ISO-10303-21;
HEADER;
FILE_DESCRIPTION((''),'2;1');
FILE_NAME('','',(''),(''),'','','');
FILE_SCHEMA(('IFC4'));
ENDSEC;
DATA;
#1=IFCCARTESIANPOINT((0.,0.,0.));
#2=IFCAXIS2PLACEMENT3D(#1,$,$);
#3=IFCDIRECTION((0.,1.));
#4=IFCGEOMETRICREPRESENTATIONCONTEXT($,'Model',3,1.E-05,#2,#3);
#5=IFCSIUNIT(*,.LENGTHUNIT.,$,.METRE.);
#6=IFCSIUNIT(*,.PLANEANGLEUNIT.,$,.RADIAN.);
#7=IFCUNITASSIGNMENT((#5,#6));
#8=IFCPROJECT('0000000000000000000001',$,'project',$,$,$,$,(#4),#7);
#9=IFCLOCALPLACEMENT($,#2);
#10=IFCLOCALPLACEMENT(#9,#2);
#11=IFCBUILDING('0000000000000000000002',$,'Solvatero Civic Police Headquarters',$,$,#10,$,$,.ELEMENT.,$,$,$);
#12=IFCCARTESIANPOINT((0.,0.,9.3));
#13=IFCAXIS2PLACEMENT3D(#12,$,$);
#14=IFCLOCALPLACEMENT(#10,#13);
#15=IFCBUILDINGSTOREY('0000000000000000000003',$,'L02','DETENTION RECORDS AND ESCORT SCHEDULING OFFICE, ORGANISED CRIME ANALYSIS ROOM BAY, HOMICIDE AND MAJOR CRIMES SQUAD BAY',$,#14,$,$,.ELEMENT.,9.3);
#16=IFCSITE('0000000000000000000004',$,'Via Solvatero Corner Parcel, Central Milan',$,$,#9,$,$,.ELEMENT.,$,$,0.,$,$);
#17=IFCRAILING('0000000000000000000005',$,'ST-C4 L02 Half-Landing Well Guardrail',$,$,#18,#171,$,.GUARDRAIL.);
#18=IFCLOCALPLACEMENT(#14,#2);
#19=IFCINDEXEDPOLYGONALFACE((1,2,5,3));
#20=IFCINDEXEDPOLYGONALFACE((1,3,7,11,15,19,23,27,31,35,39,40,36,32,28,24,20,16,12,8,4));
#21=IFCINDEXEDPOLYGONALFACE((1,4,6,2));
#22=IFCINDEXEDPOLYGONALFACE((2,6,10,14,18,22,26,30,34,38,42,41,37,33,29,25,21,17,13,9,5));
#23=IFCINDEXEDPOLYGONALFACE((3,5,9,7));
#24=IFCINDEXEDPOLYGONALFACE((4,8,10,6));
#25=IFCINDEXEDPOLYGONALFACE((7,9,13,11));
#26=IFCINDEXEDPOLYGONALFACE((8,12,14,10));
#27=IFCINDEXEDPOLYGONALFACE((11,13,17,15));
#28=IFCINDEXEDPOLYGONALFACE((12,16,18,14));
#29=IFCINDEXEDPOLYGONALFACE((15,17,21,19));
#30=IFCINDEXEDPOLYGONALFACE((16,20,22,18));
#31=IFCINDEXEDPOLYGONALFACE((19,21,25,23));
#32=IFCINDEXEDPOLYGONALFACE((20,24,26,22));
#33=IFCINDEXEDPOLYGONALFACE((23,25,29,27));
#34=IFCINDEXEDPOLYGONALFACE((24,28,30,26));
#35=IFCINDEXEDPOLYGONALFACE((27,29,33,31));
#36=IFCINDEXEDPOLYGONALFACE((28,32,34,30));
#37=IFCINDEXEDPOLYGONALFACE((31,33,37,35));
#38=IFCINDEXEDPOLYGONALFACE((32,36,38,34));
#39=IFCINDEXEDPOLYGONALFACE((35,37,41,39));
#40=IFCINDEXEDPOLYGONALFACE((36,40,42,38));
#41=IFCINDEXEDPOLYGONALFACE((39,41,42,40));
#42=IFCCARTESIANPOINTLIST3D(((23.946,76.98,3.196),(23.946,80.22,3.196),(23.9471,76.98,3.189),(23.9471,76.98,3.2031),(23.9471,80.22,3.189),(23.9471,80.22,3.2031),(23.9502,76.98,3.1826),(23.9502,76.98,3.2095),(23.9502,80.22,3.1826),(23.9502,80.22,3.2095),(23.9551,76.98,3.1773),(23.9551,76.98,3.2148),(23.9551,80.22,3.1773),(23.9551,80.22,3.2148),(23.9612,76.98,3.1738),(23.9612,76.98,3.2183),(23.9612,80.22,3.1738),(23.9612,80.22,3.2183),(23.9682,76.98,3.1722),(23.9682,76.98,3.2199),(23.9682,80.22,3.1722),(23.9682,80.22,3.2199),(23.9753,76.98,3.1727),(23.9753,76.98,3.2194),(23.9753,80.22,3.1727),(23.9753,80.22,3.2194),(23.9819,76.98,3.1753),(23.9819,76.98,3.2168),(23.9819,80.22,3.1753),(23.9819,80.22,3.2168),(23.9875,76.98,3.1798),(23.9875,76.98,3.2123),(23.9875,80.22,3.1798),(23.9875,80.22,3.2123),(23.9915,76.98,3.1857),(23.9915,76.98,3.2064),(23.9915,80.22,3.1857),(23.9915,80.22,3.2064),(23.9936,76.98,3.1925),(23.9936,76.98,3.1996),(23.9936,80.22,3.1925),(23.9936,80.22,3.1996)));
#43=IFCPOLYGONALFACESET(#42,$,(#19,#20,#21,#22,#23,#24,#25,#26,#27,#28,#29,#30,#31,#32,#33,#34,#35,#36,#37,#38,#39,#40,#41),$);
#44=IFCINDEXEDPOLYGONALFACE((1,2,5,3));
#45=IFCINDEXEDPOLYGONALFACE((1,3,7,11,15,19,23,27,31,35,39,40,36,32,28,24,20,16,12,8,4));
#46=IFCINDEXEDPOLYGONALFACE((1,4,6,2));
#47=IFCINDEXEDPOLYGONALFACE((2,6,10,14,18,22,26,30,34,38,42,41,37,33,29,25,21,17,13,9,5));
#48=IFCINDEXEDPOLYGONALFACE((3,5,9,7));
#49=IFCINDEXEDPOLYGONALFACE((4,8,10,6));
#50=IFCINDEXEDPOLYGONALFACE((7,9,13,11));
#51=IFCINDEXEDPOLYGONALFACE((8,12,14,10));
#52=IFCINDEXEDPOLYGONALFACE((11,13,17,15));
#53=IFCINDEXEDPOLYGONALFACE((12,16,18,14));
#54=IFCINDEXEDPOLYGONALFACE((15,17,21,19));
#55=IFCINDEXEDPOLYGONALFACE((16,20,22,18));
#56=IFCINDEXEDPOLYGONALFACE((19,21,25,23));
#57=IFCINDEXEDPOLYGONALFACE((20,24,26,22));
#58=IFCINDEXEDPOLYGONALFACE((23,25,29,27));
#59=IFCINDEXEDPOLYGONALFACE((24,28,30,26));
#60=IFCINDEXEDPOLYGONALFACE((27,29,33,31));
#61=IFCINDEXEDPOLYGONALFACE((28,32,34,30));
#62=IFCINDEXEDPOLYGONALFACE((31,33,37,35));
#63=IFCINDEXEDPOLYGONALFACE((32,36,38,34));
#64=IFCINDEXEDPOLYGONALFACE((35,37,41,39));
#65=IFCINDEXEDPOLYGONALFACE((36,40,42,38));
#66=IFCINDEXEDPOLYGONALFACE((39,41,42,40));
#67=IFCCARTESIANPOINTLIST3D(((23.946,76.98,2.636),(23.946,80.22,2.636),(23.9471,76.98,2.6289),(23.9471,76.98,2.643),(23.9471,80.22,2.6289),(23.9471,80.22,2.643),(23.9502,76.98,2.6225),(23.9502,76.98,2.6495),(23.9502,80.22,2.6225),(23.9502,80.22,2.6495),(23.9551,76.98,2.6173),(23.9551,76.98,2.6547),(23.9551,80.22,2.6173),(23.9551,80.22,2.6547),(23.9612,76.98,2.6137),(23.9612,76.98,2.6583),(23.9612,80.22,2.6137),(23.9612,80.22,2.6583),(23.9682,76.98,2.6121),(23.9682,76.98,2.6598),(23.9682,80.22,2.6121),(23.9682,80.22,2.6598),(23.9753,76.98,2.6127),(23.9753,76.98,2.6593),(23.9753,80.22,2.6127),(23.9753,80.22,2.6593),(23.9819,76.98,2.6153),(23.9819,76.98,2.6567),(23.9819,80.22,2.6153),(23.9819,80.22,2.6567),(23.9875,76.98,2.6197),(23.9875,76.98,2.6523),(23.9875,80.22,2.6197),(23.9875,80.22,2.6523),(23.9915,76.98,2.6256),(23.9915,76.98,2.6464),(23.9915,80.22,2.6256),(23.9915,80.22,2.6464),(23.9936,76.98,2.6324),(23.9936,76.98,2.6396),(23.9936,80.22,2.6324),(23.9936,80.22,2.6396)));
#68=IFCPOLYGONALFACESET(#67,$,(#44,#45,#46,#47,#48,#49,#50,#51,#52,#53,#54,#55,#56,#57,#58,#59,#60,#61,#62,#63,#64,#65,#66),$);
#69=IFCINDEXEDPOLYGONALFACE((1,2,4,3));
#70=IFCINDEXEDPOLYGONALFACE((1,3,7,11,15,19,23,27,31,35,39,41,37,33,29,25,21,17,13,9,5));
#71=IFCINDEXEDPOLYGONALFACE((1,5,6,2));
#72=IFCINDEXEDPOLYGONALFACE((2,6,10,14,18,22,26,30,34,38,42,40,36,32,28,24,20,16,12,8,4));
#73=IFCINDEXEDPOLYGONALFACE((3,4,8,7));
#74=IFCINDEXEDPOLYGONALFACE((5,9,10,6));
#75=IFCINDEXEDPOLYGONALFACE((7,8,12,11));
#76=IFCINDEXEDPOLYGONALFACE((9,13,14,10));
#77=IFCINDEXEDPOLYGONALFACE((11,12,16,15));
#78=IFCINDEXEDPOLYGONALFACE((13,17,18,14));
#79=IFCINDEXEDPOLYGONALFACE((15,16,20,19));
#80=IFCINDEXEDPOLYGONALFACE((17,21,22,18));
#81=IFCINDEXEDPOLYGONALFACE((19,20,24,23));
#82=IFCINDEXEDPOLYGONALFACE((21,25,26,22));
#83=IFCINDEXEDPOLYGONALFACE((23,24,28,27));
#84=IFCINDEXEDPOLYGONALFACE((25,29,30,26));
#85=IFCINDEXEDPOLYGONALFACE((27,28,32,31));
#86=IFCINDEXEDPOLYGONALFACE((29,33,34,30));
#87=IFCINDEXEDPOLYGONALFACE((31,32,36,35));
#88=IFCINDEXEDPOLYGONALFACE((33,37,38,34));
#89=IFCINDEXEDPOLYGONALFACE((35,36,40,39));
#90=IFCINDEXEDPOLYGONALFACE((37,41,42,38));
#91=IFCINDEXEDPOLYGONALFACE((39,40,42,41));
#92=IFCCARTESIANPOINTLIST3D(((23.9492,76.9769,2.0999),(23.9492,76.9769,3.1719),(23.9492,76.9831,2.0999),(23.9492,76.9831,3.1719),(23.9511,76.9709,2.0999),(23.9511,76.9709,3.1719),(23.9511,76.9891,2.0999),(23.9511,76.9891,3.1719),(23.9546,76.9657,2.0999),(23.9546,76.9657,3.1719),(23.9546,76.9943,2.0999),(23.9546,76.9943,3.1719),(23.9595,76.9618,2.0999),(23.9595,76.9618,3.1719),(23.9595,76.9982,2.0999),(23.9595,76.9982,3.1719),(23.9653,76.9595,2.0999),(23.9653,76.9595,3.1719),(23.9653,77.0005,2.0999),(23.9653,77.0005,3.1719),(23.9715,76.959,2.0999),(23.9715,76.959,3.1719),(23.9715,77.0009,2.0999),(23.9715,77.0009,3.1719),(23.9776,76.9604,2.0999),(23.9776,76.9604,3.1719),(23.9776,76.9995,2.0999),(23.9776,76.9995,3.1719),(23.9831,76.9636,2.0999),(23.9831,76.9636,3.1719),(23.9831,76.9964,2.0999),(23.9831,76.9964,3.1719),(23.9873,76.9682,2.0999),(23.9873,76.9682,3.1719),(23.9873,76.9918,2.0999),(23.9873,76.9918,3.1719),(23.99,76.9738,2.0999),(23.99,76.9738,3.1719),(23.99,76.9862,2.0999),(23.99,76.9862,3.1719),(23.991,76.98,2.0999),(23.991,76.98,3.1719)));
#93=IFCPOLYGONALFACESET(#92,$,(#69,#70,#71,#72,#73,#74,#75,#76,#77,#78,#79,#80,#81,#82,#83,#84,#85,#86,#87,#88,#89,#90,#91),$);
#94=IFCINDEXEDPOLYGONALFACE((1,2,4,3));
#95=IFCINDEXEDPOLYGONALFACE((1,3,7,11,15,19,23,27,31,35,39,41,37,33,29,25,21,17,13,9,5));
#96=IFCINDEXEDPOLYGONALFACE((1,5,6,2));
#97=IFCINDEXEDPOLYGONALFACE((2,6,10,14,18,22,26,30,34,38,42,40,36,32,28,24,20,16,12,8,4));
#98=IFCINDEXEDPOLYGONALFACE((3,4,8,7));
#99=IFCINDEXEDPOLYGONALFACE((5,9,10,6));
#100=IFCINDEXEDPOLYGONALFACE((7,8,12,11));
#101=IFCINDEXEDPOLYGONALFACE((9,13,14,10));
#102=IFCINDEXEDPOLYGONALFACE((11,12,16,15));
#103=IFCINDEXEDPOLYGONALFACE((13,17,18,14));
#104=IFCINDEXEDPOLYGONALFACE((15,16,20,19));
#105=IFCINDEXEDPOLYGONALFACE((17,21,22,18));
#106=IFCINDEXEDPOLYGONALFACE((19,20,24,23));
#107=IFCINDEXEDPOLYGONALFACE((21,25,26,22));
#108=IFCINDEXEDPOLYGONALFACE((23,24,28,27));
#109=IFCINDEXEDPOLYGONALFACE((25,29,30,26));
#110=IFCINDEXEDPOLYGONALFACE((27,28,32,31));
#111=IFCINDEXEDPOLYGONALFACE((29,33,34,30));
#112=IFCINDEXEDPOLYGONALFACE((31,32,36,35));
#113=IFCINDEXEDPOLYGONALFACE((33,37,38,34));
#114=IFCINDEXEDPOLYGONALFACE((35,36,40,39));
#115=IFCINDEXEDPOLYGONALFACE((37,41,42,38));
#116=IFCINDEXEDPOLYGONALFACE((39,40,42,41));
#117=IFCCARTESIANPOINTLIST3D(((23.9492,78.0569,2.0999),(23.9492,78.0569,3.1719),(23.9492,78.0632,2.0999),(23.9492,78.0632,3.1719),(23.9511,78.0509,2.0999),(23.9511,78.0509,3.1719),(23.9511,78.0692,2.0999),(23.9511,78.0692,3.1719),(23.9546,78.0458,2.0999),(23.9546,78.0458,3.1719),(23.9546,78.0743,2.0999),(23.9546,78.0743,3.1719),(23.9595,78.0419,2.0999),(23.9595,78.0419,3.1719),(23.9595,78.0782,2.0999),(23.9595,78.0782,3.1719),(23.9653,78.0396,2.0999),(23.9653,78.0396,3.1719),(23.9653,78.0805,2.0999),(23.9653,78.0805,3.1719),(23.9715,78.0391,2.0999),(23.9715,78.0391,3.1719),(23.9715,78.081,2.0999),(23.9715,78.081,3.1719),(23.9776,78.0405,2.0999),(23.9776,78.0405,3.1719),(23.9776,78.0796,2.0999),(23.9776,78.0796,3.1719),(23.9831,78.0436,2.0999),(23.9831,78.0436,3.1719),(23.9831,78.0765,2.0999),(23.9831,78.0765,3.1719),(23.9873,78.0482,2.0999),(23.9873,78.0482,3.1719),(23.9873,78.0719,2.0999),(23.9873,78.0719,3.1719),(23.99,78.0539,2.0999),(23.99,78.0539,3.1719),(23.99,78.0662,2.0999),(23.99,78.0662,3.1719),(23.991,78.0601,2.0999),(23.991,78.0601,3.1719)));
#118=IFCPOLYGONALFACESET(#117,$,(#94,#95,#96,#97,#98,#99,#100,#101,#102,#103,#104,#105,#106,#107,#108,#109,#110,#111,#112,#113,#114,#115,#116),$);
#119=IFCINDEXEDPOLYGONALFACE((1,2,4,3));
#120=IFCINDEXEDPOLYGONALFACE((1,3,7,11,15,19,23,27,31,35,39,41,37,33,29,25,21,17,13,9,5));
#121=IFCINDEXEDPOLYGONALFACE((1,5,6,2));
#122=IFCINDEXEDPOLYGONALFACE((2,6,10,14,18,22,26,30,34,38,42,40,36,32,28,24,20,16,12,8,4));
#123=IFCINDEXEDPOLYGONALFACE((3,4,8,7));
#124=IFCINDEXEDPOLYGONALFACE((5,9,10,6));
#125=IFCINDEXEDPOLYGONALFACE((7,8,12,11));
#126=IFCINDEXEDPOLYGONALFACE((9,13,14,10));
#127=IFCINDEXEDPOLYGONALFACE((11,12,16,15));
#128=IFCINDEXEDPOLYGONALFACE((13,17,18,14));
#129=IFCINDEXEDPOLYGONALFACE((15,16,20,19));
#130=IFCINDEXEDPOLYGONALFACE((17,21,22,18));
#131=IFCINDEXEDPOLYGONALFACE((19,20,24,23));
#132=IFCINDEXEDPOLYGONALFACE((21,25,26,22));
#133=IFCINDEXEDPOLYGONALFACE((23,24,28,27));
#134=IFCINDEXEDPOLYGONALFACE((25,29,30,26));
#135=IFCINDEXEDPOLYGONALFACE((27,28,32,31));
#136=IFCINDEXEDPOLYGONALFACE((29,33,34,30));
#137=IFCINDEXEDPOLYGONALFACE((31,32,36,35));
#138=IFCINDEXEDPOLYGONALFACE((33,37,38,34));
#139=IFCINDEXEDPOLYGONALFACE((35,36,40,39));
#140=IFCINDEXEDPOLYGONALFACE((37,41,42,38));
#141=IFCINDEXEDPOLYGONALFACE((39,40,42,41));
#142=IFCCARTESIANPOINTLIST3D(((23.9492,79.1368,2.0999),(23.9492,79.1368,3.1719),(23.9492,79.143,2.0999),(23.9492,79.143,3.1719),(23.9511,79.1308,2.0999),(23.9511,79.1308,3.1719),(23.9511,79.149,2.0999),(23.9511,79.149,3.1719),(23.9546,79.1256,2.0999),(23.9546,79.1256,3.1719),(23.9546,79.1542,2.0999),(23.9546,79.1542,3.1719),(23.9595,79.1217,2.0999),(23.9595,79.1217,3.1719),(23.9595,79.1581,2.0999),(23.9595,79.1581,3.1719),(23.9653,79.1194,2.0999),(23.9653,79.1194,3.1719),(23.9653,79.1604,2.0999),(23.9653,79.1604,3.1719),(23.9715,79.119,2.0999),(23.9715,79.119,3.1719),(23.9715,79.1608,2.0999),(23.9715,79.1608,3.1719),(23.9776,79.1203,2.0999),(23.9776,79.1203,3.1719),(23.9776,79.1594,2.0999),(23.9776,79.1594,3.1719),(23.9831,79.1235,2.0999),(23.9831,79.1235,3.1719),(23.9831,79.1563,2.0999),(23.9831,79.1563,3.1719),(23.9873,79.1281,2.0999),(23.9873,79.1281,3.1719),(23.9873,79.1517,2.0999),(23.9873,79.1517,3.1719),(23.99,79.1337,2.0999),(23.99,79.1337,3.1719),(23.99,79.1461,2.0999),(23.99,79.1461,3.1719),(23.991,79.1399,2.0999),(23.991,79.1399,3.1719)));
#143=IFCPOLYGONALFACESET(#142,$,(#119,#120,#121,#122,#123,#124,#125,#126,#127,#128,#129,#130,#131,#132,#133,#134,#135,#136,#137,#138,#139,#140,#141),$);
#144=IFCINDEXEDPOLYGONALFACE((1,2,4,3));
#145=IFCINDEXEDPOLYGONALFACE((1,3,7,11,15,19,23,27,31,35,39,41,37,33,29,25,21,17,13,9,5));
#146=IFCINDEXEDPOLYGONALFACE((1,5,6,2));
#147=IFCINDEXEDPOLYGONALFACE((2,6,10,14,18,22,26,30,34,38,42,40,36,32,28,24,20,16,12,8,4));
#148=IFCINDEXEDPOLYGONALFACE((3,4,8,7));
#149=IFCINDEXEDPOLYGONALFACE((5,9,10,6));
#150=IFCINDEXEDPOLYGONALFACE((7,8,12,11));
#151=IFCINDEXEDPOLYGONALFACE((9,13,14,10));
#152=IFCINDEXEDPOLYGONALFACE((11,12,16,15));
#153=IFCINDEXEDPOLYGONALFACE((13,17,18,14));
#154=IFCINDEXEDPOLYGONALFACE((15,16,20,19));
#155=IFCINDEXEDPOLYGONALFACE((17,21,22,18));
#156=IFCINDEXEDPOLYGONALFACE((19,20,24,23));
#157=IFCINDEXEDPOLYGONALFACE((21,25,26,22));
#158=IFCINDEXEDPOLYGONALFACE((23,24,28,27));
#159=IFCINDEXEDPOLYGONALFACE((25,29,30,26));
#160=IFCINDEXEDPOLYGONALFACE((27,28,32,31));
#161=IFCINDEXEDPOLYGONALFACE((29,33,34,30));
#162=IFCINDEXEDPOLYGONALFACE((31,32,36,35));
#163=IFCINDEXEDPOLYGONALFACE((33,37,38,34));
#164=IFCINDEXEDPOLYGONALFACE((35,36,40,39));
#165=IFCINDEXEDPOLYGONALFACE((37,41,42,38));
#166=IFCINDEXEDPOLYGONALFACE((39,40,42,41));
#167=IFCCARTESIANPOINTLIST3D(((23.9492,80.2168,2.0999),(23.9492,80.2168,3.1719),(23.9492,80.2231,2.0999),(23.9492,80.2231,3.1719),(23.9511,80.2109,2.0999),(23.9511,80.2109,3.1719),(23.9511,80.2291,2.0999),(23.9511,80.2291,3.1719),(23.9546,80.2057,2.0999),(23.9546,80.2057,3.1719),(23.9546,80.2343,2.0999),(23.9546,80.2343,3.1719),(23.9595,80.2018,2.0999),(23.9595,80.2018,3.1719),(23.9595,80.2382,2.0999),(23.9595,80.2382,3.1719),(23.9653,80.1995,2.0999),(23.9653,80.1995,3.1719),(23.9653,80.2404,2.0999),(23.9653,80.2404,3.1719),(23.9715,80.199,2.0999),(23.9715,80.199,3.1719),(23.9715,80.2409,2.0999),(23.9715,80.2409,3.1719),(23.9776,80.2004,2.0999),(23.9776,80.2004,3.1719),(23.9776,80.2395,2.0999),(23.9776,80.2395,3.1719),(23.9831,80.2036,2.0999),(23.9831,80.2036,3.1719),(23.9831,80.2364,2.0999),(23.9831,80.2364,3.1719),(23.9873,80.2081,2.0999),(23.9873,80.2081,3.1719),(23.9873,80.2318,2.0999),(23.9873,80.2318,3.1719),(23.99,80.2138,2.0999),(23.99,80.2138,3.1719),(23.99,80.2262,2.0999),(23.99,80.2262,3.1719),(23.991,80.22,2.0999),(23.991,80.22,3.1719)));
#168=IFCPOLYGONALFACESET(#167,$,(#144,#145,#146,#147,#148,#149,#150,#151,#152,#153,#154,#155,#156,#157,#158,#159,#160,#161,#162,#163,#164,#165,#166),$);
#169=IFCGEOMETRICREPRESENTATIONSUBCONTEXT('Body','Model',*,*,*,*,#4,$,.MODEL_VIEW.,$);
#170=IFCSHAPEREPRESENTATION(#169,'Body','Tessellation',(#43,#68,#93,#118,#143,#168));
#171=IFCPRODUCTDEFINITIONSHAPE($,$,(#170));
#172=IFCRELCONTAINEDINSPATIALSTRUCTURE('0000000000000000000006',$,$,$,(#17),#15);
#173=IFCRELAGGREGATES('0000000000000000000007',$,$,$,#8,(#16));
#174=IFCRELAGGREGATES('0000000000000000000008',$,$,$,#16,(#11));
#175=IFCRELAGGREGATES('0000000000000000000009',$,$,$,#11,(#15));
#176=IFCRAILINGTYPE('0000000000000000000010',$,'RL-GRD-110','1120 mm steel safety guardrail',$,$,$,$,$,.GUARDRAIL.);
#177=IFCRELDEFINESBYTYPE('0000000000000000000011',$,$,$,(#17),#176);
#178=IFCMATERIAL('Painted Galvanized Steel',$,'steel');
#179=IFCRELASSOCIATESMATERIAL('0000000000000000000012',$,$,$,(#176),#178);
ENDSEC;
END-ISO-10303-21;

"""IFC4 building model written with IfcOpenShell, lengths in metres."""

from ifc_helpers import new_model, si_unit, direction, frame, origin, origin_2d, place, context, subcontext, project, spatial, circle, extrude, material, type_object, element, save


model = new_model("IFC4")

# Units and contexts
model_context = context("Model", 3, precision=1e-05, world=origin(), true_north=direction((0.0, 1.0)))
body_context = subcontext(model_context, "Body", "Model", "MODEL_VIEW")
ifc_project = project(units=[si_unit("LENGTHUNIT", "METRE"), si_unit("PLANEANGLEUNIT", "RADIAN")], contexts=[model_context])

# Site, building, storey
site_placement = place(None, origin())
site = spatial("IfcSite", under=ifc_project, at=site_placement, Name="Via Solvatero Corner Parcel, Central Milan", CompositionType="ELEMENT", RefElevation=0.0)
building_placement = place(site_placement, origin())
building = spatial("IfcBuilding", under=site, at=building_placement, Name="Solvatero Civic Police Headquarters", CompositionType="ELEMENT")
storey_placement = place(building_placement, frame((0.0, 0.0, 9.3)))
storey = spatial("IfcBuildingStorey", under=building, at=storey_placement, Name="L02", Description="DETENTION RECORDS AND ESCORT SCHEDULING OFFICE, ORGANISED CRIME ANALYSIS ROOM BAY, HOMICIDE AND MAJOR CRIMES SQUAD BAY", CompositionType="ELEMENT", Elevation=9.3)

# Railing
ifc_material_1 = material(Name="Painted Galvanized Steel", Category="steel")
railing_type_1 = type_object("IfcRailingType", Name="RL-GRD-110", Description="1120 mm steel safety guardrail", PredefinedType="GUARDRAIL", material=ifc_material_1)
railing_1_placement = place(storey_placement, frame((23.97, 76.98, 2.0999)))
element("IfcRailing", 1, at=railing_1_placement, inside=storey, type_object=railing_type_1, Name="ST-C4 L02 Half-Landing Well Guardrail", PredefinedType="GUARDRAIL", context=body_context, shape_type="SweptSolid", body=[
    extrude(circle(Radius=0.0239, at=origin_2d()), frame((0.0, 0.0, 1.0962), z_axis=(0.0, 1.0, 0.0), x_axis=(-1.0, 0.0, 0.0)), (0.0, 0.0, 1.0), 3.24),
    extrude(circle(Radius=0.0239, at=origin_2d()), frame((0.0, 0.0, 0.5361), z_axis=(0.0, 1.0, 0.0), x_axis=(-1.0, 0.0, 0.0)), (0.0, 0.0, 1.0), 3.24),
    extrude(circle(Radius=0.021, at=origin_2d()), origin(), (0.0, 0.0, 1.0), 1.072),
    extrude(circle(Radius=0.021, at=origin_2d()), frame((0.0, 1.0801, 0.0)), (0.0, 0.0, 1.0), 1.072),
    extrude(circle(Radius=0.021, at=origin_2d()), frame((0.0, 2.1599, 0.0)), (0.0, 0.0, 1.0), 1.072),
    extrude(circle(Radius=0.021, at=origin_2d()), frame((0.0, 3.24, 0.0)), (0.0, 0.0, 1.0), 1.072),
])

save(model, "model.ifc")
